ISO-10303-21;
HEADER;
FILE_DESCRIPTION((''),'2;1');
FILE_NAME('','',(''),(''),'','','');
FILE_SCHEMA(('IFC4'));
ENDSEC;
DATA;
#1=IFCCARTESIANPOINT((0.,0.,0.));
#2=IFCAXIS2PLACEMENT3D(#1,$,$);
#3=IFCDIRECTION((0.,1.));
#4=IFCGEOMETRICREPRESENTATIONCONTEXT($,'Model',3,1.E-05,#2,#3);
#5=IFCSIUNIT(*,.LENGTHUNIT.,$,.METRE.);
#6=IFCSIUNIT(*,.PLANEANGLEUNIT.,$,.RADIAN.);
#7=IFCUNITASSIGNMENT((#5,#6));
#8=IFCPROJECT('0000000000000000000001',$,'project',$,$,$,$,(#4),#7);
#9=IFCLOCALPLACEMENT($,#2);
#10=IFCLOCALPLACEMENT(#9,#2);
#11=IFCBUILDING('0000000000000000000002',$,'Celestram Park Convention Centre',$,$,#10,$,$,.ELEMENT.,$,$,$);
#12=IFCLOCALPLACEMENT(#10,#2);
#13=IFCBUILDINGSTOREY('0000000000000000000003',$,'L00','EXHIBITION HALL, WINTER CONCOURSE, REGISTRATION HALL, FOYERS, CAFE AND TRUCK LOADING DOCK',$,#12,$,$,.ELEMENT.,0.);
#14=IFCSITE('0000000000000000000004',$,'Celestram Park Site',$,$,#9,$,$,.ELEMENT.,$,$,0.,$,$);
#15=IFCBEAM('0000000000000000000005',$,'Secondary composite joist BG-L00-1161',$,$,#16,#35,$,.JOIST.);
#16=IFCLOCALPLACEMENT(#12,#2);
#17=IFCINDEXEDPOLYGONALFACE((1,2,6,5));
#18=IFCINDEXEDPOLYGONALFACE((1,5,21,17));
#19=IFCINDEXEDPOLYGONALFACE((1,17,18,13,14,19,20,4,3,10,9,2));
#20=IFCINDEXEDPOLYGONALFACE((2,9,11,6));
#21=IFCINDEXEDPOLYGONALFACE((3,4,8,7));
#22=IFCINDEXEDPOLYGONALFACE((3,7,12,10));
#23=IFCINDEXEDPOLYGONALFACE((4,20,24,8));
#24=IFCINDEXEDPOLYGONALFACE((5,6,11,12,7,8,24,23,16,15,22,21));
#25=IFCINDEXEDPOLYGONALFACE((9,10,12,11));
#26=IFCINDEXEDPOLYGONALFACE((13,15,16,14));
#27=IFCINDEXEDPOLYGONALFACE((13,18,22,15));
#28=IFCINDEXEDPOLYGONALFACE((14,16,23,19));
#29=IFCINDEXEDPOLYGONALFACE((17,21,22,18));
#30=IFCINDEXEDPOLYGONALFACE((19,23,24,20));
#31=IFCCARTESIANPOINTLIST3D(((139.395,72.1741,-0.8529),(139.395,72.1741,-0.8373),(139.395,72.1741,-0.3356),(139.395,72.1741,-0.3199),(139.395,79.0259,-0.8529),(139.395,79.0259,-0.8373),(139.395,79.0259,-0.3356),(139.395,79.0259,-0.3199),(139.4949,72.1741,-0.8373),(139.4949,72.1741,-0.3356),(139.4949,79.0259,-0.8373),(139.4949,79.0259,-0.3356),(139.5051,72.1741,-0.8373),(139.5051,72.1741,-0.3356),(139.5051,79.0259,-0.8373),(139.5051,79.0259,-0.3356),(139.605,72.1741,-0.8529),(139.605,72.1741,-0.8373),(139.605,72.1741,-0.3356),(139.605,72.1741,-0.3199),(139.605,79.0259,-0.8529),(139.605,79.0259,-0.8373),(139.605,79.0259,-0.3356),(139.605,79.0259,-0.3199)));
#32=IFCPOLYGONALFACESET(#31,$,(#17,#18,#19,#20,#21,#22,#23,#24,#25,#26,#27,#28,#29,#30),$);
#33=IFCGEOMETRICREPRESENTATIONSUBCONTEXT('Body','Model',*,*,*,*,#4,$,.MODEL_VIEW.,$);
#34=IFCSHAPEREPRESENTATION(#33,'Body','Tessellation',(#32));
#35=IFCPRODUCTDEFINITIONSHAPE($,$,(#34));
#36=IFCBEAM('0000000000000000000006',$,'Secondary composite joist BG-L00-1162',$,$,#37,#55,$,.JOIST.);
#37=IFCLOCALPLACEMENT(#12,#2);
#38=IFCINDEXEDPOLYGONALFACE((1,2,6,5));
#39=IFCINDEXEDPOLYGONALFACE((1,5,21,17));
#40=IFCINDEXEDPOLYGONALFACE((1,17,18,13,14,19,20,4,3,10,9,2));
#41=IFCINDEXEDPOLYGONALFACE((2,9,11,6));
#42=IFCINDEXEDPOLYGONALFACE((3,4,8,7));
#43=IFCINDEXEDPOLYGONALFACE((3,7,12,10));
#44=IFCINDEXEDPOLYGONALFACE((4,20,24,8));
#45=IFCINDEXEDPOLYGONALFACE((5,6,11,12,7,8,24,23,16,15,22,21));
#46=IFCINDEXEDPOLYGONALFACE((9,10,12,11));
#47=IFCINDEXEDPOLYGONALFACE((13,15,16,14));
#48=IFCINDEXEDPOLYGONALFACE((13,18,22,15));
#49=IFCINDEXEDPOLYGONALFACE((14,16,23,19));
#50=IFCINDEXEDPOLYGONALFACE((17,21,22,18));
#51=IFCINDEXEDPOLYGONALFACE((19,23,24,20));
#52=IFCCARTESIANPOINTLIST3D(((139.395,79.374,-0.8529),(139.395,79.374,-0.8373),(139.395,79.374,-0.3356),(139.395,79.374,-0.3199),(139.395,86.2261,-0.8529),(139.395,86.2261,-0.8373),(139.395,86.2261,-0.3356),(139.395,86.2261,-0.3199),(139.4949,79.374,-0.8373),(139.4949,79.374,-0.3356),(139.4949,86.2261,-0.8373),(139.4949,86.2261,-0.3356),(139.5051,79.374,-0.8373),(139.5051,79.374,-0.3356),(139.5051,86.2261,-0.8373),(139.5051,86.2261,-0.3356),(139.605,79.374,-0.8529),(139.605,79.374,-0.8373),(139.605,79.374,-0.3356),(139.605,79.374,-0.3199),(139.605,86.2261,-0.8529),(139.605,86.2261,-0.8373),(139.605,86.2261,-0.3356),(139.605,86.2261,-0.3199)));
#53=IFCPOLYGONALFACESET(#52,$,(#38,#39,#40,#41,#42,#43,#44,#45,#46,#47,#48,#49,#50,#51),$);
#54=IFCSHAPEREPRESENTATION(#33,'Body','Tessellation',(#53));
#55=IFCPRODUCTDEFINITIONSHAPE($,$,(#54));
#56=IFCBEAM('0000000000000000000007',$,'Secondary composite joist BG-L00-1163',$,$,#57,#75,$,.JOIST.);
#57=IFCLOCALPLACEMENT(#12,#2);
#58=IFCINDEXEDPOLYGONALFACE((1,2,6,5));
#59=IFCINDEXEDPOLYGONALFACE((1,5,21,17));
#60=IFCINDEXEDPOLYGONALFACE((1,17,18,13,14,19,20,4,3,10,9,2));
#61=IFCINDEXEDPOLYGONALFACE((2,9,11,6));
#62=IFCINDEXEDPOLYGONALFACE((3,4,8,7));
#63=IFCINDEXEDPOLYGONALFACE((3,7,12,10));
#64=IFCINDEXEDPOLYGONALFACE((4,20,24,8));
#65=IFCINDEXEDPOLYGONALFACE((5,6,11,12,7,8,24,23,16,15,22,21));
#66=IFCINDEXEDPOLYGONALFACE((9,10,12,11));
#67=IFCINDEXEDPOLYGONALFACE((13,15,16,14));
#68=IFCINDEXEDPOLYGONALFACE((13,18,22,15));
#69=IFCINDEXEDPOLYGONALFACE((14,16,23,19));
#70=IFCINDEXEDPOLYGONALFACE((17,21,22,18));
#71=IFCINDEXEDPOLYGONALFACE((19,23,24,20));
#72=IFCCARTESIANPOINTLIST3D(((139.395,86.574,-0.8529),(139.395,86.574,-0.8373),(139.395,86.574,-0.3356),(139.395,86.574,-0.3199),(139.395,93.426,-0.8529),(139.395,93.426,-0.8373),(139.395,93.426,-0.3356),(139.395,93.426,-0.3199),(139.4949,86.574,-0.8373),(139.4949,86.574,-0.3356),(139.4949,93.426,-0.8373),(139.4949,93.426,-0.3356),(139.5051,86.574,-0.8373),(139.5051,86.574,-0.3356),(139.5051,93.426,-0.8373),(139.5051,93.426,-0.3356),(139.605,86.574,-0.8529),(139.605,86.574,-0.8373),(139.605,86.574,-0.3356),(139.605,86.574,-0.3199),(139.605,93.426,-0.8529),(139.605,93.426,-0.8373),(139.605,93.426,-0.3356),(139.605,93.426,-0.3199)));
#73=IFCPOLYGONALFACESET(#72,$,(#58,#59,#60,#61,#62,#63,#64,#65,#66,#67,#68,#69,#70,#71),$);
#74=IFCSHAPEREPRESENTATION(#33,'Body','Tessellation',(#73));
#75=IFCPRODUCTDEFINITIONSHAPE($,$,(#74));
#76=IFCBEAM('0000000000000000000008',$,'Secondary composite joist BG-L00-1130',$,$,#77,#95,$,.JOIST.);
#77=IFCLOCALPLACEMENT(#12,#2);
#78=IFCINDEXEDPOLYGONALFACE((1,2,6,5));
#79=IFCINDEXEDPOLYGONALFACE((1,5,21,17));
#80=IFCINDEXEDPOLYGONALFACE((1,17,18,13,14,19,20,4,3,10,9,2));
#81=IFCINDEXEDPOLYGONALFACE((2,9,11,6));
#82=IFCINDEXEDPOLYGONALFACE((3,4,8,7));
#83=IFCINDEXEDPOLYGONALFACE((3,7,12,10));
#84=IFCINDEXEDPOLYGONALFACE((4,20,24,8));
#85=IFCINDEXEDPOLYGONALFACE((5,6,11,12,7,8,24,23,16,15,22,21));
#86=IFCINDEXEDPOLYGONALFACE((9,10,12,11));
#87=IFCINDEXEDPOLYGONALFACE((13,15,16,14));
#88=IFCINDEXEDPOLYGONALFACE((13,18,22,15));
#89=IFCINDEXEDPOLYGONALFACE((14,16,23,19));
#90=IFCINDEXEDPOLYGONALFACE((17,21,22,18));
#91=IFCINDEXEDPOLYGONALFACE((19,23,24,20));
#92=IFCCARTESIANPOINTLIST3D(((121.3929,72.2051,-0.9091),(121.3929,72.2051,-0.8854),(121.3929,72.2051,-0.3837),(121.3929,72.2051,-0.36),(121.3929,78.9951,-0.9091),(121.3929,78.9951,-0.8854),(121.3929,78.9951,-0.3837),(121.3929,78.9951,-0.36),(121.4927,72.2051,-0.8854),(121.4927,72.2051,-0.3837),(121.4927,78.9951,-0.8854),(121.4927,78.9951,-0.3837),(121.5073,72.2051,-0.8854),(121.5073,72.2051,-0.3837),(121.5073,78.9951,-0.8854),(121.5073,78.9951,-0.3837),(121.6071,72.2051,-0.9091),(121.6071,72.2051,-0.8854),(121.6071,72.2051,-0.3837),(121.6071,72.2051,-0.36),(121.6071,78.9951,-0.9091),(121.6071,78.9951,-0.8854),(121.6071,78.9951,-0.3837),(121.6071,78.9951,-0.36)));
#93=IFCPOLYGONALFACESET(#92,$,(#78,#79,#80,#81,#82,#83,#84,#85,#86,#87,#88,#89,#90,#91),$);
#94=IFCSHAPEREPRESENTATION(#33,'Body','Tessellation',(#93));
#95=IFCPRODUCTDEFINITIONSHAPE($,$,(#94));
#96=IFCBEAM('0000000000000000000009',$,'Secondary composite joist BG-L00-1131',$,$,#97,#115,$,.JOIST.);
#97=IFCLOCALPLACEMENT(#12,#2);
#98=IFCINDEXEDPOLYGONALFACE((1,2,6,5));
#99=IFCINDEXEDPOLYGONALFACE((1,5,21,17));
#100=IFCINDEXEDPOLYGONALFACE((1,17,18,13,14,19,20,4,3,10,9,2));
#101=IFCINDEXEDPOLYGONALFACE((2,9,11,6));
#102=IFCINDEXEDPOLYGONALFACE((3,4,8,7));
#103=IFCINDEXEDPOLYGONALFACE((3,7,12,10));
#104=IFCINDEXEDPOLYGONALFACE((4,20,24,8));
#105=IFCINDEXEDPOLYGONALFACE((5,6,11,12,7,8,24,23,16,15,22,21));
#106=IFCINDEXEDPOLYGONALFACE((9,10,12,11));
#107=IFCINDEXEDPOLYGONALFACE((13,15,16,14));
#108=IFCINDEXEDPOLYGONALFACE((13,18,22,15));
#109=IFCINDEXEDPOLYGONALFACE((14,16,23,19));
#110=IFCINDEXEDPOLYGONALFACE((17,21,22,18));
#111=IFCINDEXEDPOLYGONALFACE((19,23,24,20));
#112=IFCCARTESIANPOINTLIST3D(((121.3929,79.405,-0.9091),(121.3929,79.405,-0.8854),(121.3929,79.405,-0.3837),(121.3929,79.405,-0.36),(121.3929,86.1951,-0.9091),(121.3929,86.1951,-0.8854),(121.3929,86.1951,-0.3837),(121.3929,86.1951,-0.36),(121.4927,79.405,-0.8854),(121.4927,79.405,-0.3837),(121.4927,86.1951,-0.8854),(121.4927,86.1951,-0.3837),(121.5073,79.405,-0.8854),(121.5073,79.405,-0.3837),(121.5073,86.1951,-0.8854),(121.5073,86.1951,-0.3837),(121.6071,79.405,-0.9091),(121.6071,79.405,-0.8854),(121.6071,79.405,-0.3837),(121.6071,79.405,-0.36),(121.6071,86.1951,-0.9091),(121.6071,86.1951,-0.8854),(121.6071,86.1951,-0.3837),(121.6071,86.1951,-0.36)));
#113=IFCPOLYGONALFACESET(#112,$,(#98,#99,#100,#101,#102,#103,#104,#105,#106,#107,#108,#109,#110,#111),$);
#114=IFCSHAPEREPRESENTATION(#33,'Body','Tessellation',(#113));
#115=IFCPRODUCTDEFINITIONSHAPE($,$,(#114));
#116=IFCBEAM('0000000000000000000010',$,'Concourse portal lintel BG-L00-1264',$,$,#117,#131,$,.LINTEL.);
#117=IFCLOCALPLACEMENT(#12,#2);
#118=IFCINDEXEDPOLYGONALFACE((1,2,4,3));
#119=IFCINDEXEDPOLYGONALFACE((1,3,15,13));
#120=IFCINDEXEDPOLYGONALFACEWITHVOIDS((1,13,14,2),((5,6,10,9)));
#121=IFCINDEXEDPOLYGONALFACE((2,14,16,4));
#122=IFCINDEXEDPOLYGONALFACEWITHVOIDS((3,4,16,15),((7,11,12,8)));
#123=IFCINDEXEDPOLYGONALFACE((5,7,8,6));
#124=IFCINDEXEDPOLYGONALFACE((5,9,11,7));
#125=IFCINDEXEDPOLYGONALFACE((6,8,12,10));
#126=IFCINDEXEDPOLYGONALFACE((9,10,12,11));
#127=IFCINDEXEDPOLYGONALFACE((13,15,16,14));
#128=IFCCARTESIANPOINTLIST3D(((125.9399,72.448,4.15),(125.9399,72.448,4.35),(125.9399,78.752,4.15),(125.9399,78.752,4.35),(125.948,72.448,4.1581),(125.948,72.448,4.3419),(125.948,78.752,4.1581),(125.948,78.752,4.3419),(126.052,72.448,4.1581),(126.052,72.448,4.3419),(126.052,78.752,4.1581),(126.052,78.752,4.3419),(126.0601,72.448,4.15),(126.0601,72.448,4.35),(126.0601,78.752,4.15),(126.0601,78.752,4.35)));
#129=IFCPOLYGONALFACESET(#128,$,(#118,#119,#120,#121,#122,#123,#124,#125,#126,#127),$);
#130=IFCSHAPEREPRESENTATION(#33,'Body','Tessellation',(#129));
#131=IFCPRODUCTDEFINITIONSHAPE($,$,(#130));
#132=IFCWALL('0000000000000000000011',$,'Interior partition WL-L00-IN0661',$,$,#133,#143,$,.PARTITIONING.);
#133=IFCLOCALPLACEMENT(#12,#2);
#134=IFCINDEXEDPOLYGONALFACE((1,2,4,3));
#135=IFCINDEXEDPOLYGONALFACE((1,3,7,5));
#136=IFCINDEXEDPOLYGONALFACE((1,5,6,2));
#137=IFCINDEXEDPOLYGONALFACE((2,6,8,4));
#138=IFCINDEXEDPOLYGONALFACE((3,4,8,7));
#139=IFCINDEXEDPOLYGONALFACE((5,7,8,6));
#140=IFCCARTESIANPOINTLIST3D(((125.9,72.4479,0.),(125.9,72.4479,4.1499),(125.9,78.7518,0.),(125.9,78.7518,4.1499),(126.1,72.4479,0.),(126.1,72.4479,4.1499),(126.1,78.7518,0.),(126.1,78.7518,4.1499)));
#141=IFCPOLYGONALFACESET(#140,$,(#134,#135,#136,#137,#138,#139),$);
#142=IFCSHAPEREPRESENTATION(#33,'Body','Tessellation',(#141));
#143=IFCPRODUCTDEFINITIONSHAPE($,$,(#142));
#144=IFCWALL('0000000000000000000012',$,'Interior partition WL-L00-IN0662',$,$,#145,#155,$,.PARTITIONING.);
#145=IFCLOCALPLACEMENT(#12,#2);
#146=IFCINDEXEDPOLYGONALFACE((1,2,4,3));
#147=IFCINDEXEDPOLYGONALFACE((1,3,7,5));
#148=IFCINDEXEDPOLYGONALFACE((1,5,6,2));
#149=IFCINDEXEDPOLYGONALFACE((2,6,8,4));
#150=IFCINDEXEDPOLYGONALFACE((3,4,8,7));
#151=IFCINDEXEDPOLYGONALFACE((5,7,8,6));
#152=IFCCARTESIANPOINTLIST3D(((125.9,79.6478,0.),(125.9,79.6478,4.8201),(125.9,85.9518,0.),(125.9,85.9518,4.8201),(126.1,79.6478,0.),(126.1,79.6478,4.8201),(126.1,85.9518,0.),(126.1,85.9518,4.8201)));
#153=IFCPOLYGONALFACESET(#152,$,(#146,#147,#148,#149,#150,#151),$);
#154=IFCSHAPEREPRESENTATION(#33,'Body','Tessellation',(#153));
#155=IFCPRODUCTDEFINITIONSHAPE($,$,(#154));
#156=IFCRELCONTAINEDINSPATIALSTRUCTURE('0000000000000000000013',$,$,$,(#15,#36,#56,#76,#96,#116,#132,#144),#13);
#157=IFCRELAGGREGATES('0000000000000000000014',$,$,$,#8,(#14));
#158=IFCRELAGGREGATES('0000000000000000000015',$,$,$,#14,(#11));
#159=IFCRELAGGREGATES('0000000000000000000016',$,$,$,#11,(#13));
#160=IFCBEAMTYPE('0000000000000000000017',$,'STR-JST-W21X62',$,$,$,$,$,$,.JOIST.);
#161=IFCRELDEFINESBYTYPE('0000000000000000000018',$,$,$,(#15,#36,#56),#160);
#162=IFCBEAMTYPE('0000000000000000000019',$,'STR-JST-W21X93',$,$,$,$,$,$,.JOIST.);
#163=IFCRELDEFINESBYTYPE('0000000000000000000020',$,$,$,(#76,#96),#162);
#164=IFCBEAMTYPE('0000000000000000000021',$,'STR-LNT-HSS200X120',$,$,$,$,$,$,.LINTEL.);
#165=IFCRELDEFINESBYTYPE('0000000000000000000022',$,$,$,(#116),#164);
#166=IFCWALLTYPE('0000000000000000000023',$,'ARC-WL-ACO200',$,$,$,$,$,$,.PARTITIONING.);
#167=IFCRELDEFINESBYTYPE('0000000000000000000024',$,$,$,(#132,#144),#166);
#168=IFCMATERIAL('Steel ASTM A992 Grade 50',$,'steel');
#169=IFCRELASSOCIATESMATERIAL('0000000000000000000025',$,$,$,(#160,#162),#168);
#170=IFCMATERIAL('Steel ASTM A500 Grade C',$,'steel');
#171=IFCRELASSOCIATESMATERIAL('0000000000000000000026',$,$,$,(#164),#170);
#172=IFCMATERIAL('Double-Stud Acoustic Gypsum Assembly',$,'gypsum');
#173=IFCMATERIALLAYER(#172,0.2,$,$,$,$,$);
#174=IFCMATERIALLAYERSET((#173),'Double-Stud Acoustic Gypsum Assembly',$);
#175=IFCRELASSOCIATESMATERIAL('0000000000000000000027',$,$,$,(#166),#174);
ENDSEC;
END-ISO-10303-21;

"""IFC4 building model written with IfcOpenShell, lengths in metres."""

from ifc_helpers import new_model, si_unit, direction, frame, frame_2d, origin, origin_2d, place, context, subcontext, project, spatial, rectangle, hollow_rectangle, i_section, extrude, material, layer, layer_set, material_profile, profile_set, type_object, element, save


model = new_model("IFC4")

# Units and contexts
model_context = context("Model", 3, precision=1e-05, world=origin(), true_north=direction((0.0, 1.0)))
body_context = subcontext(model_context, "Body", "Model", "MODEL_VIEW")
ifc_project = project(units=[si_unit("LENGTHUNIT", "METRE"), si_unit("PLANEANGLEUNIT", "RADIAN")], contexts=[model_context])

# Site, building, storey
site_placement = place(None, origin())
site = spatial("IfcSite", under=ifc_project, at=site_placement, Name="Celestram Park Site", CompositionType="ELEMENT", RefElevation=0.0)
building_placement = place(site_placement, origin())
building = spatial("IfcBuilding", under=site, at=building_placement, Name="Celestram Park Convention Centre", CompositionType="ELEMENT")
storey_placement = place(building_placement, origin())
storey = spatial("IfcBuildingStorey", under=building, at=storey_placement, Name="L00", Description="EXHIBITION HALL, WINTER CONCOURSE, REGISTRATION HALL, FOYERS, CAFE AND TRUCK LOADING DOCK", CompositionType="ELEMENT", Elevation=0.0)

# Beams
ifc_material_1 = material(Name="Steel ASTM A992 Grade 50", Category="steel")
ifc_material_profile_1 = material_profile(ifc_material_1, i_section(OverallWidth=0.21, OverallDepth=0.533, WebThickness=0.0103, FlangeThickness=0.0156, at=origin_2d()), Name="W21X62")
ifc_profile_set_1 = profile_set([ifc_material_profile_1], Name="Steel ASTM A992 Grade 50")
beam_type_1 = type_object("IfcBeamType", Name="STR-JST-W21X62", PredefinedType="JOIST", material=ifc_profile_set_1)
beam_1_placement = place(storey_placement, frame((139.5, 72.1741, -0.5864), z_axis=(0.0, 1.0, 0.0), x_axis=(-1.0, 0.0, 0.0)))
element("IfcBeam", 1, at=beam_1_placement, inside=storey, type_object=beam_type_1, Name="Secondary composite joist BG-L00-1161", PredefinedType="JOIST", context=body_context, shape_type="SweptSolid", body=[
    extrude(i_section(OverallWidth=0.21, OverallDepth=0.533, WebThickness=0.0103, FlangeThickness=0.0156, at=origin_2d()), origin(), (0.0, 0.0, 1.0), 6.8518),
])
for number, where, z_axis, x_axis, name in (
    (2, (139.5, 79.374, -0.5864), (0.0, 1.0, 0.0), (-1.0, 0.0, 0.0), "Secondary composite joist BG-L00-1162"),
    (3, (139.5, 86.574, -0.5864), (0.0, 1.0, 0.0), (-1.0, 0.0, 0.0), "Secondary composite joist BG-L00-1163"),
):
    element("IfcBeam", number, at=place(storey_placement, frame(where, z_axis=z_axis, x_axis=x_axis)), inside=storey, type_object=beam_type_1, Name=name, PredefinedType="JOIST", context=body_context, shape_type="SweptSolid", body=[
        extrude(i_section(OverallWidth=0.21, OverallDepth=0.533, WebThickness=0.0103, FlangeThickness=0.0156, at=origin_2d()), origin(), (0.0, 0.0, 1.0), 6.8521),
    ])
ifc_material_profile_2 = material_profile(ifc_material_1, i_section(OverallWidth=0.2141, OverallDepth=0.5491, WebThickness=0.0146, FlangeThickness=0.0237, at=origin_2d()), Name="W21X93")
ifc_profile_set_2 = profile_set([ifc_material_profile_2], Name="Steel ASTM A992 Grade 50")
beam_type_2 = type_object("IfcBeamType", Name="STR-JST-W21X93", PredefinedType="JOIST", material=ifc_profile_set_2)
for number, where, z_axis, x_axis, name in (
    (4, (121.5, 72.2051, -0.6345), (0.0, 1.0, 0.0), (-1.0, 0.0, 0.0), "Secondary composite joist BG-L00-1130"),
    (5, (121.5, 79.405, -0.6345), (0.0, 1.0, 0.0), (-1.0, 0.0, 0.0), "Secondary composite joist BG-L00-1131"),
):
    element("IfcBeam", number, at=place(storey_placement, frame(where, z_axis=z_axis, x_axis=x_axis)), inside=storey, type_object=beam_type_2, Name=name, PredefinedType="JOIST", context=body_context, shape_type="SweptSolid", body=[
        extrude(i_section(OverallWidth=0.2141, OverallDepth=0.5491, WebThickness=0.0146, FlangeThickness=0.0237, at=origin_2d()), origin(), (0.0, 0.0, 1.0), 6.79),
    ])
ifc_material_2 = material(Name="Steel ASTM A500 Grade C", Category="steel")
ifc_material_profile_3 = material_profile(ifc_material_2, hollow_rectangle(XDim=0.1201, YDim=0.2, WallThickness=0.0081, at=origin_2d()), Name="HSS200X120X8")
ifc_profile_set_3 = profile_set([ifc_material_profile_3], Name="Steel ASTM A500 Grade C")
beam_type_3 = type_object("IfcBeamType", Name="STR-LNT-HSS200X120", PredefinedType="LINTEL", material=ifc_profile_set_3)
beam_2_placement = place(storey_placement, frame((126.0, 72.448, 4.25), z_axis=(0.0, 1.0, 0.0), x_axis=(-1.0, 0.0, 0.0)))
element("IfcBeam", 6, at=beam_2_placement, inside=storey, type_object=beam_type_3, Name="Concourse portal lintel BG-L00-1264", PredefinedType="LINTEL", context=body_context, shape_type="SweptSolid", body=[
    extrude(hollow_rectangle(XDim=0.1201, YDim=0.2, WallThickness=0.0081, at=origin_2d()), origin(), (0.0, 0.0, 1.0), 6.304),
])

# Walls
ifc_material_3 = material(Name="Double-Stud Acoustic Gypsum Assembly", Category="gypsum")
ifc_layer = layer(ifc_material_3, 0.2)
ifc_layer_set = layer_set([ifc_layer], Name="Double-Stud Acoustic Gypsum Assembly")
wall_type = type_object("IfcWallType", Name="ARC-WL-ACO200", PredefinedType="PARTITIONING", material=ifc_layer_set)
wall_1_placement = place(storey_placement, frame((126.0, 72.448, 0.0), z_axis=(0.0, 0.0, 1.0), x_axis=(0.0, 1.0, 0.0)))
element("IfcWall", 7, at=wall_1_placement, inside=storey, type_object=wall_type, Name="Interior partition WL-L00-IN0661", PredefinedType="PARTITIONING", context=body_context, shape_type="SweptSolid", body=[
    extrude(rectangle(XDim=6.304, YDim=0.2, at=frame_2d((3.1519, 0.0))), origin(), (0.0, 0.0, 1.0), 4.1499),
])
wall_2_placement = place(storey_placement, frame((126.0, 79.6479, 0.0), z_axis=(0.0, 0.0, 1.0), x_axis=(0.0, 1.0, 0.0)))
element("IfcWall", 8, at=wall_2_placement, inside=storey, type_object=wall_type, Name="Interior partition WL-L00-IN0662", PredefinedType="PARTITIONING", context=body_context, shape_type="SweptSolid", body=[
    extrude(rectangle(XDim=6.304, YDim=0.2, at=frame_2d((3.1519, 0.0))), origin(), (0.0, 0.0, 1.0), 4.8201),
])

save(model, "model.ifc")
